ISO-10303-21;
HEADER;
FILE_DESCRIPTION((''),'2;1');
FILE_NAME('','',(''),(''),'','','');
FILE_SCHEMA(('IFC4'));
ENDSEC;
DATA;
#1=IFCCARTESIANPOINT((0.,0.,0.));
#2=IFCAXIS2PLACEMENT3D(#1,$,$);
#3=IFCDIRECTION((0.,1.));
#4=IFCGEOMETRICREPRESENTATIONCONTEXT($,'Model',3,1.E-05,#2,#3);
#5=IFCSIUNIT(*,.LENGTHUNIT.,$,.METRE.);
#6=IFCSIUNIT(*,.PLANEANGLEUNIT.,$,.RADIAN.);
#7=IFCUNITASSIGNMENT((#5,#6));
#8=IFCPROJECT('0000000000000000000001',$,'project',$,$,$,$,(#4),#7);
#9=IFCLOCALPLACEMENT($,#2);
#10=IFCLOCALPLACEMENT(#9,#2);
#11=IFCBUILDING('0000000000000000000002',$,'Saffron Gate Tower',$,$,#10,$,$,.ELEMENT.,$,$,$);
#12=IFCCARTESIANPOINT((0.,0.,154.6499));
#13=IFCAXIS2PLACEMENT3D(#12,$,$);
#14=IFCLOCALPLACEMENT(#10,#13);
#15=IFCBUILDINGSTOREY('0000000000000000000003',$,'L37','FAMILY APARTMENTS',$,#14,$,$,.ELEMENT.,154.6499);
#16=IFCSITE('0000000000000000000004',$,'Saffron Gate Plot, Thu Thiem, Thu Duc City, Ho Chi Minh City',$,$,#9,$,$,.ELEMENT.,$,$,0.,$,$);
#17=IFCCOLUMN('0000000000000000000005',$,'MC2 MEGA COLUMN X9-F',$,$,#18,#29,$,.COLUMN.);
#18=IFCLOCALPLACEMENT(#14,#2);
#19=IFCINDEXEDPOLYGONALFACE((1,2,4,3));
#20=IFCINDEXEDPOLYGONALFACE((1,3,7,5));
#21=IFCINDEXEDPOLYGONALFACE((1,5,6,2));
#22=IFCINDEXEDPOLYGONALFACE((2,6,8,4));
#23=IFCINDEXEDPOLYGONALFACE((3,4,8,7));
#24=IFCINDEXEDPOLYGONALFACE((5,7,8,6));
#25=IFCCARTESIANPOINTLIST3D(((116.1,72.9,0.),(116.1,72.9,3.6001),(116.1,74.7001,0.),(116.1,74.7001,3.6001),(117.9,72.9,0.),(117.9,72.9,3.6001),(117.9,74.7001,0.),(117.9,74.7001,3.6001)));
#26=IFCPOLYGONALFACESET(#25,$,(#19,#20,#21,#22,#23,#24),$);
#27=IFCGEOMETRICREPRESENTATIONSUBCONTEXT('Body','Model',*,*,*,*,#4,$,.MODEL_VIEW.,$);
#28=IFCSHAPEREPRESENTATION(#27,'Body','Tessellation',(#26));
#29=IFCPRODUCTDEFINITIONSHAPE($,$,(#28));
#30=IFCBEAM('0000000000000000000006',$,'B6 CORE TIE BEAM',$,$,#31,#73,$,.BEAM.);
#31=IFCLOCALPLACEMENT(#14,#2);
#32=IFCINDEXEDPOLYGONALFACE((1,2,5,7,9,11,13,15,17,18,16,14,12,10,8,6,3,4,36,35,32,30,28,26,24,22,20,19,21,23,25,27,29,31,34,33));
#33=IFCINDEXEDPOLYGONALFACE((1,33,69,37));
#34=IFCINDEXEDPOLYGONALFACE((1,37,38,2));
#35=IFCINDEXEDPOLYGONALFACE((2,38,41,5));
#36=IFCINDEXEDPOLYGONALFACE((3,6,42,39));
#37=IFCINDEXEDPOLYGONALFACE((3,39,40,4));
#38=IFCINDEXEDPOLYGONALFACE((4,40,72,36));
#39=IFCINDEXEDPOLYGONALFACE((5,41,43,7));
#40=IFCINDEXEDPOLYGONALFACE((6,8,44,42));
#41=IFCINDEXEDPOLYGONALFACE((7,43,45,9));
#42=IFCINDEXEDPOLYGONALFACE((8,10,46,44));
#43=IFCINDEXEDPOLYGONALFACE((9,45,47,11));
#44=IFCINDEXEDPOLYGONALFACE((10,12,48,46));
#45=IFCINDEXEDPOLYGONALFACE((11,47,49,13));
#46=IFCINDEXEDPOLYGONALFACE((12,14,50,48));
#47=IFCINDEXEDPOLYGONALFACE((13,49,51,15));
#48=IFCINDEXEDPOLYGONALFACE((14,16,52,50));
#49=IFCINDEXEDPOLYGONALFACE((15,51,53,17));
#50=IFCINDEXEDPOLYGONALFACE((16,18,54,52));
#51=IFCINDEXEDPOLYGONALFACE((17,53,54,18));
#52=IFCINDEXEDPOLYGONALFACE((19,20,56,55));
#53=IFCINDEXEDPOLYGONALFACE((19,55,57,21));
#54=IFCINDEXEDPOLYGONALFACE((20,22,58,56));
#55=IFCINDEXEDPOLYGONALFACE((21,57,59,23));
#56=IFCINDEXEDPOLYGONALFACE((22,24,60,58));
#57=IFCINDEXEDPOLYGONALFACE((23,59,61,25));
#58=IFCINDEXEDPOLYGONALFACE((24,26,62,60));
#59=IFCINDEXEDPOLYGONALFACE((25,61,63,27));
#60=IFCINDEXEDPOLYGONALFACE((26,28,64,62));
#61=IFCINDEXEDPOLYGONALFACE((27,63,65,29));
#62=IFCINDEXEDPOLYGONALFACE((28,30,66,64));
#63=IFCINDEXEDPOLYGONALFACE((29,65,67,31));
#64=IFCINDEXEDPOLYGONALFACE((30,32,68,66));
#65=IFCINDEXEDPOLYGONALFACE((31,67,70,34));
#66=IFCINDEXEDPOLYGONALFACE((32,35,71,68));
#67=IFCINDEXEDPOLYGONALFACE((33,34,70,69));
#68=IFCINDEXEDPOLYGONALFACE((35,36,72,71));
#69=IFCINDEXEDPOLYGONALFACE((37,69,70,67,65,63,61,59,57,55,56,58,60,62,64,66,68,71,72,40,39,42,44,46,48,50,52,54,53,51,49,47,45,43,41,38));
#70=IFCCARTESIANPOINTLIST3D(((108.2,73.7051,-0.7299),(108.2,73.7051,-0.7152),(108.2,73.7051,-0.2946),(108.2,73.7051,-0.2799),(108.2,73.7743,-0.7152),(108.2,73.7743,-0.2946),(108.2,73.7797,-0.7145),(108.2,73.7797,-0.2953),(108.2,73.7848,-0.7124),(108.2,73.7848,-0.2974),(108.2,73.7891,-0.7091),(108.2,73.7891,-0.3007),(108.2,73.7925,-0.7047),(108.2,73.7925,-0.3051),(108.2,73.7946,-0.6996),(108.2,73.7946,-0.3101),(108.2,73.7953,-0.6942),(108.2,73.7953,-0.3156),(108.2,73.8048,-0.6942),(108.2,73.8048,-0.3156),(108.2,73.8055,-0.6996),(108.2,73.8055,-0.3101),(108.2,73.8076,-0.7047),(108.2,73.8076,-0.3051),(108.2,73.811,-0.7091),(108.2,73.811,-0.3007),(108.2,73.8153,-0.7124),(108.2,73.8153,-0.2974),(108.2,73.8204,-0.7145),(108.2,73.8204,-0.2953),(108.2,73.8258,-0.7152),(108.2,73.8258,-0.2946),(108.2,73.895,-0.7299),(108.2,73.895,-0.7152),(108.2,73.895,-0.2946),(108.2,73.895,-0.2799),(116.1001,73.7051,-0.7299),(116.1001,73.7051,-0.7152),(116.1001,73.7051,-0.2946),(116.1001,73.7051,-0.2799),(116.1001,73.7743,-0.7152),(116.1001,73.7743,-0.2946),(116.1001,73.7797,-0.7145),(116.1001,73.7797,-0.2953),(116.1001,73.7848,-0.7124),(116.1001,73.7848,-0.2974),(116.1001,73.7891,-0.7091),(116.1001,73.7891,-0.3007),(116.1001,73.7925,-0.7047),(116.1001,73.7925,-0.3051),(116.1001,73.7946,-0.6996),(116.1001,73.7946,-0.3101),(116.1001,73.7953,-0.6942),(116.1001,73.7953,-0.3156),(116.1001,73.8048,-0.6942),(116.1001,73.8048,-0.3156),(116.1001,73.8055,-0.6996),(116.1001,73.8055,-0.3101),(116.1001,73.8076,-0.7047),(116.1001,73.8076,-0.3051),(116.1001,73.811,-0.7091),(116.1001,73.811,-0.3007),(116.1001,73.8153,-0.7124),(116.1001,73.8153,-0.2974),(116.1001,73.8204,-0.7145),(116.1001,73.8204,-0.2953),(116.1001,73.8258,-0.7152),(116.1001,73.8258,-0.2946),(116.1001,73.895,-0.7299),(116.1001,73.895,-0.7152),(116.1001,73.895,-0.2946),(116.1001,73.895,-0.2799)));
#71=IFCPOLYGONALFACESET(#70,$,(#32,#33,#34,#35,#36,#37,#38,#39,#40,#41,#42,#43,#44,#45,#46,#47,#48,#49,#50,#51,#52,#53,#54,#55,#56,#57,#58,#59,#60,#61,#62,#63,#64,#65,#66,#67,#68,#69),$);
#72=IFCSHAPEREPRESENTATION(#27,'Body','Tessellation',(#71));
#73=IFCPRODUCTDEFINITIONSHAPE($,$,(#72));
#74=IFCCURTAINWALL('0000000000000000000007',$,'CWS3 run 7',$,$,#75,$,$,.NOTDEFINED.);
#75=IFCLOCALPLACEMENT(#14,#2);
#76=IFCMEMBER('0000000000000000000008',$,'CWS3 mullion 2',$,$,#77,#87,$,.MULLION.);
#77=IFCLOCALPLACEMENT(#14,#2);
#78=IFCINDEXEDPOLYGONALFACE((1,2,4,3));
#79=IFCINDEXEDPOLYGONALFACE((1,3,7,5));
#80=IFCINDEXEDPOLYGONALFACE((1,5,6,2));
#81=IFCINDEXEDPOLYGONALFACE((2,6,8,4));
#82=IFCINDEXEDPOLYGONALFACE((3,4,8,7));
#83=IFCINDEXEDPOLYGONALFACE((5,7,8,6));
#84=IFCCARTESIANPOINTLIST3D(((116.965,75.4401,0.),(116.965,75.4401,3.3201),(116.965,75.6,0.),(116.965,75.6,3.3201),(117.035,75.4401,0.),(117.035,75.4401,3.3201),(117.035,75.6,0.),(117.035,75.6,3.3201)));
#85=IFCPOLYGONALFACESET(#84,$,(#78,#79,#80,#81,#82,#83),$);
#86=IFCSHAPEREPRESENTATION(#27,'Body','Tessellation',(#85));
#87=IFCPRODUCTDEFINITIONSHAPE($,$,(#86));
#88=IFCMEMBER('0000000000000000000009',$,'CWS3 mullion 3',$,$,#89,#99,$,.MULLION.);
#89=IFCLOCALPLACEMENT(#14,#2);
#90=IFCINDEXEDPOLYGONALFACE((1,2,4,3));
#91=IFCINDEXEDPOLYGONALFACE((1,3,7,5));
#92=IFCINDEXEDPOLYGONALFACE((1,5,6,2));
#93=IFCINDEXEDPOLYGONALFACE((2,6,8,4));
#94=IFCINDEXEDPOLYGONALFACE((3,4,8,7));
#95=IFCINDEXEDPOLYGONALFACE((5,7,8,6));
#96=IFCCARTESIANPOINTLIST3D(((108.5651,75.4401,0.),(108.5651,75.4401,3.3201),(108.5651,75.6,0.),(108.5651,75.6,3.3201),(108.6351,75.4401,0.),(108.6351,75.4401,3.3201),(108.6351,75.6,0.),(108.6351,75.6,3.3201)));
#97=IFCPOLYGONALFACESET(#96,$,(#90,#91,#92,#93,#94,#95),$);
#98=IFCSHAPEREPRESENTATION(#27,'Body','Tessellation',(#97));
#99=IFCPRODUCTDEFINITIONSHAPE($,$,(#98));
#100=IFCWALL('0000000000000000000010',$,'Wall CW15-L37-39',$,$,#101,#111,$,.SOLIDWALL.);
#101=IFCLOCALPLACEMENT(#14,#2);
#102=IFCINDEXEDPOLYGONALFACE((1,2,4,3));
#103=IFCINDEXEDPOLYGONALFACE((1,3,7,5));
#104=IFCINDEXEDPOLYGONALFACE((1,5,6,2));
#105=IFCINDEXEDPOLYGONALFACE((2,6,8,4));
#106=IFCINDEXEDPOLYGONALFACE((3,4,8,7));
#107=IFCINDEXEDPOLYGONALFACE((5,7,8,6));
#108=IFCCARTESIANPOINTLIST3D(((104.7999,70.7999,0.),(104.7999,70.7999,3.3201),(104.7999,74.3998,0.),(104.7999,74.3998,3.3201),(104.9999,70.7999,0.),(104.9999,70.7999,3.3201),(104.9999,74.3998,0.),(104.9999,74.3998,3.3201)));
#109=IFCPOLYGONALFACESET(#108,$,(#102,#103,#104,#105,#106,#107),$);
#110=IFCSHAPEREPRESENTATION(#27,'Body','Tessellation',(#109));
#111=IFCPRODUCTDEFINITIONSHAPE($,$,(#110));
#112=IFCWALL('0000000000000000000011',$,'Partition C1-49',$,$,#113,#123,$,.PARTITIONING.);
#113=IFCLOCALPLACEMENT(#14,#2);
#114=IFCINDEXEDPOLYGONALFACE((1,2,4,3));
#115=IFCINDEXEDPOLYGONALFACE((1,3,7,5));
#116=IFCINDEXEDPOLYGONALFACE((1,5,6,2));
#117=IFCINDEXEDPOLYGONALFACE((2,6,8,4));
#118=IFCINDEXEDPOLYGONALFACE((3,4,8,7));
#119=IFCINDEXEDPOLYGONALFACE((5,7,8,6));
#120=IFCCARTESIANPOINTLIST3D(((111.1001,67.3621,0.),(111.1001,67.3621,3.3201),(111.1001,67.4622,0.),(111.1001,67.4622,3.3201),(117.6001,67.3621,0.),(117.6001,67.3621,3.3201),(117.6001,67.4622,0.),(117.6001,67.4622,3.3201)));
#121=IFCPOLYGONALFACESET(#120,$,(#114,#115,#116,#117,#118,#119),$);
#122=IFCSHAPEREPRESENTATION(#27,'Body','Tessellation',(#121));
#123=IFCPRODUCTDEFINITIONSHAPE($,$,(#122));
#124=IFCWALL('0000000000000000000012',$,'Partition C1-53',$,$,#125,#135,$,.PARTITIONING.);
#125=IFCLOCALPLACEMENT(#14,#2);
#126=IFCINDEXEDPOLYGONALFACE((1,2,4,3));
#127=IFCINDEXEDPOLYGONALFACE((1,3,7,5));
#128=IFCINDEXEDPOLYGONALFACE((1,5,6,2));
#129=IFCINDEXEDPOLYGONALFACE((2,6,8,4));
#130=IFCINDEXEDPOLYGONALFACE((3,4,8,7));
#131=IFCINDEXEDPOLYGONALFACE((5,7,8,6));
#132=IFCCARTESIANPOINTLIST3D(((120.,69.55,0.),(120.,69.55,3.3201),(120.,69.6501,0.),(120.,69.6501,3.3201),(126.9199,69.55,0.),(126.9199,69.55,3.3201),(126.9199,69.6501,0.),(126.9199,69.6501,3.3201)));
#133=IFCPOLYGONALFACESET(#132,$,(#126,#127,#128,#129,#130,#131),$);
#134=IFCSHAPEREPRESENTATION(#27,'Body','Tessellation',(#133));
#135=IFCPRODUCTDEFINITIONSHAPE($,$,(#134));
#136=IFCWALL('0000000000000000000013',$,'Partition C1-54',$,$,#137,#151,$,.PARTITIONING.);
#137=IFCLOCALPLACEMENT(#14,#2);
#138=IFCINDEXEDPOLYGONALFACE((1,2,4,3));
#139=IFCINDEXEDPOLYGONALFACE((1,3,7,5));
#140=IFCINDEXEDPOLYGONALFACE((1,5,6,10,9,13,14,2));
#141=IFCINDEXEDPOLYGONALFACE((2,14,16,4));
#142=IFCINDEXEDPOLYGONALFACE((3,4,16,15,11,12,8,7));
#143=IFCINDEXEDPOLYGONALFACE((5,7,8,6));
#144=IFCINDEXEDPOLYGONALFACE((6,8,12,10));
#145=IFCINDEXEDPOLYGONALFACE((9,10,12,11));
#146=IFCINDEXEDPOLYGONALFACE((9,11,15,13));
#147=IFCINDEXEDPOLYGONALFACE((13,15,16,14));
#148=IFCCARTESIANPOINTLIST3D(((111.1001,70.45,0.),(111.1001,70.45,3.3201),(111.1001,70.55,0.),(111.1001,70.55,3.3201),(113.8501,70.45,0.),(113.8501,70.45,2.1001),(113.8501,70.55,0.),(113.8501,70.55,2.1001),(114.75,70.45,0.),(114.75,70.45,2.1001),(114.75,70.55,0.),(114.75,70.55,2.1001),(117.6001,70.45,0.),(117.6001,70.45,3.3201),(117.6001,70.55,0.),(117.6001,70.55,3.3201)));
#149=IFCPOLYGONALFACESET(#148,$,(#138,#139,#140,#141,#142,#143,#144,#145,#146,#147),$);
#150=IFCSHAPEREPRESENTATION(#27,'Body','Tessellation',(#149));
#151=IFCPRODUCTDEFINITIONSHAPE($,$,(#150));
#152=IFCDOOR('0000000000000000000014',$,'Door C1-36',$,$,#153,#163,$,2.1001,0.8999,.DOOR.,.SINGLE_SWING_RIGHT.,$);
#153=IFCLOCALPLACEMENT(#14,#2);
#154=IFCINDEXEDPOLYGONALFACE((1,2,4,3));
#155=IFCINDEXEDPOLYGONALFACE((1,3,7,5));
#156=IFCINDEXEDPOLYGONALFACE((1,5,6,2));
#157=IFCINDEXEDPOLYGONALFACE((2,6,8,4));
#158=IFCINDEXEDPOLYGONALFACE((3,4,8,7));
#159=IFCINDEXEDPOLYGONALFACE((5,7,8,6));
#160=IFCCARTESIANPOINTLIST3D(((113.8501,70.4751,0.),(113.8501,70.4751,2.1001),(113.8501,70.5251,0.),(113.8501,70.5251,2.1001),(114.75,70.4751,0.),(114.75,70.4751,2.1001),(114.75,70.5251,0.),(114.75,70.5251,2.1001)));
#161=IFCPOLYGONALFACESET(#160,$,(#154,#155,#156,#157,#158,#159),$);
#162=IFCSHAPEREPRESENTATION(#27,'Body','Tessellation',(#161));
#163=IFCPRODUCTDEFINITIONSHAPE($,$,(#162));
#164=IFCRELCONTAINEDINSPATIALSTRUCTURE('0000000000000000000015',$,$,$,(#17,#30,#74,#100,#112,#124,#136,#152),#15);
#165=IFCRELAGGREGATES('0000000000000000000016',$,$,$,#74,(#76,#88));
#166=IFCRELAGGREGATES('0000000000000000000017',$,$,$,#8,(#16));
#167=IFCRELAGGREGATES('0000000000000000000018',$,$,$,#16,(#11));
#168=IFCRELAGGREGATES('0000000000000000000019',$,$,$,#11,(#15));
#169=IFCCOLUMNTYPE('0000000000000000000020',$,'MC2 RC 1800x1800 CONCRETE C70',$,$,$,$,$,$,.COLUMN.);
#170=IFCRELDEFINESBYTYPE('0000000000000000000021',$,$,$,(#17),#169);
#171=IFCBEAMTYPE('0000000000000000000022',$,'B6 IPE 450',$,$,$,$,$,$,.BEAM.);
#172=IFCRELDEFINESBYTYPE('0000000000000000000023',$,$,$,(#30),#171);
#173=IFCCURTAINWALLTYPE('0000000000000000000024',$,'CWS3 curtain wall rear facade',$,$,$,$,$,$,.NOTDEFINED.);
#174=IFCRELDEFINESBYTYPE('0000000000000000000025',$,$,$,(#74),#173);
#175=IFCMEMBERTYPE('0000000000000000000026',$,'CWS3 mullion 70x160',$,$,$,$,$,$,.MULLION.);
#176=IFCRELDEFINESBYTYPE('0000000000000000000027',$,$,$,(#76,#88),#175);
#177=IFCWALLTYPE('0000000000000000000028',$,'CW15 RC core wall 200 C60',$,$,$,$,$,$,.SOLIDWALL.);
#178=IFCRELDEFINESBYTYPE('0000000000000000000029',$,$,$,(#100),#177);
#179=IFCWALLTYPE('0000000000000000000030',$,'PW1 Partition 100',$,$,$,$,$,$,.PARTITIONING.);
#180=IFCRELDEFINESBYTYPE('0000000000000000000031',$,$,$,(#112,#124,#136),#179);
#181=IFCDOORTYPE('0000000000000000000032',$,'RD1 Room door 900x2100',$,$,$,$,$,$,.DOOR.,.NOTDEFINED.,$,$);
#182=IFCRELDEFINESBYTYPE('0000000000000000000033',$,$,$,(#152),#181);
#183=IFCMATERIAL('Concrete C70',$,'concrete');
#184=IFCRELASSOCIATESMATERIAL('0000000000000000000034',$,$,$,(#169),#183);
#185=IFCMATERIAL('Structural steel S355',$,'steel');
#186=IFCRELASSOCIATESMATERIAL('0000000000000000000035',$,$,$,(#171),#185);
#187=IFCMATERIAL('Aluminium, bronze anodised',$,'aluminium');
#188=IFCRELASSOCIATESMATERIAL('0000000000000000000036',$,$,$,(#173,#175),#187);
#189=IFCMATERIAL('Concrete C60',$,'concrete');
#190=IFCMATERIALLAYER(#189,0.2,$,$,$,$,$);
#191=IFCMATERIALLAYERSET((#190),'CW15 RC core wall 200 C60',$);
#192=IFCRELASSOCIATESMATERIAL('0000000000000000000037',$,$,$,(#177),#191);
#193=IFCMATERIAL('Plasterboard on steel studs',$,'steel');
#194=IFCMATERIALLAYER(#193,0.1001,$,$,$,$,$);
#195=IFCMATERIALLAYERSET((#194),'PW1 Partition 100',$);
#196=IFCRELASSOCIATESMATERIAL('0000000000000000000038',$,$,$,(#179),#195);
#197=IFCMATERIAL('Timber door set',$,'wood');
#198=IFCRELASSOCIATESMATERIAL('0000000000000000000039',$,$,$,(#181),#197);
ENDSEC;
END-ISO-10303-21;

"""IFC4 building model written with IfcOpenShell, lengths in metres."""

from ifc_helpers import new_model, si_unit, direction, frame, frame_2d, origin, origin_2d, place, context, subcontext, project, spatial, rectangle, i_section, extrude, material, layer, layer_set, material_profile, profile_set, type_object, element, fill, aggregate, save


model = new_model("IFC4")

# Units and contexts
model_context = context("Model", 3, precision=1e-05, world=origin(), true_north=direction((0.0, 1.0)))
body_context = subcontext(model_context, "Body", "Model", "MODEL_VIEW")
ifc_project = project(units=[si_unit("LENGTHUNIT", "METRE"), si_unit("PLANEANGLEUNIT", "RADIAN")], contexts=[model_context])

# Site, building, storey
site_placement = place(None, origin())
site = spatial("IfcSite", under=ifc_project, at=site_placement, Name="Saffron Gate Plot, Thu Thiem, Thu Duc City, Ho Chi Minh City", CompositionType="ELEMENT", RefElevation=0.0)
building_placement = place(site_placement, origin())
building = spatial("IfcBuilding", under=site, at=building_placement, Name="Saffron Gate Tower", CompositionType="ELEMENT")
storey_placement = place(building_placement, frame((0.0, 0.0, 154.6499)))
storey = spatial("IfcBuildingStorey", under=building, at=storey_placement, Name="L37", Description="FAMILY APARTMENTS", CompositionType="ELEMENT", Elevation=154.6499)

# Column
ifc_material_1 = material(Name="Concrete C70", Category="concrete")
ifc_material_profile_1 = material_profile(ifc_material_1, rectangle(XDim=1.8, YDim=1.8, at=origin_2d()))
ifc_profile_set_1 = profile_set([ifc_material_profile_1], Name="Concrete C70")
column_type = type_object("IfcColumnType", Name="MC2 RC 1800x1800 CONCRETE C70", PredefinedType="COLUMN", material=ifc_profile_set_1)
column_placement = place(storey_placement, frame((117.0, 73.8, 0.0), z_axis=(0.0, 0.0, 1.0), x_axis=(1.0, 0.0, 0.0)))
element("IfcColumn", 1, at=column_placement, inside=storey, type_object=column_type, Name="MC2 MEGA COLUMN X9-F", PredefinedType="COLUMN", context=body_context, shape_type="SweptSolid", body=[
    extrude(rectangle(XDim=1.8, YDim=1.8, at=origin_2d()), origin(), (0.0, 0.0, 1.0), 3.6001),
])

# Beam
ifc_material_2 = material(Name="Structural steel S355", Category="steel")
ifc_material_profile_2 = material_profile(ifc_material_2, i_section(OverallWidth=0.1899, OverallDepth=0.45, WebThickness=0.0095, FlangeThickness=0.0146, FilletRadius=0.021, at=origin_2d()))
ifc_profile_set_2 = profile_set([ifc_material_profile_2], Name="Structural steel S355")
beam_type = type_object("IfcBeamType", Name="B6 IPE 450", PredefinedType="BEAM", material=ifc_profile_set_2)
beam_placement = place(storey_placement, frame((116.1001, 73.8, -0.5049), z_axis=(-1.0, 0.0, 0.0), x_axis=(0.0, -1.0, 0.0)))
element("IfcBeam", 2, at=beam_placement, inside=storey, type_object=beam_type, Name="B6 CORE TIE BEAM", PredefinedType="BEAM", context=body_context, shape_type="SweptSolid", body=[
    extrude(i_section(OverallWidth=0.1899, OverallDepth=0.45, WebThickness=0.0095, FlangeThickness=0.0146, FilletRadius=0.021, at=origin_2d()), origin(), (0.0, 0.0, 1.0), 7.9001),
])

# Curtain wall, members
ifc_material_3 = material(Name="Aluminium, bronze anodised", Category="aluminium")
curtain_wall_type = type_object("IfcCurtainWallType", Name="CWS3 curtain wall rear facade", PredefinedType="NOTDEFINED", material=ifc_material_3)
curtain_wall_placement = place(storey_placement, origin())
curtain_wall = element("IfcCurtainWall", 3, at=curtain_wall_placement, inside=storey, type_object=curtain_wall_type, Name="CWS3 run 7", PredefinedType="NOTDEFINED")
ifc_material_profile_3 = material_profile(ifc_material_3, rectangle(XDim=0.1599, YDim=0.0701, at=origin_2d()))
ifc_profile_set_3 = profile_set([ifc_material_profile_3], Name="Aluminium, bronze anodised")
member_type = type_object("IfcMemberType", Name="CWS3 mullion 70x160", PredefinedType="MULLION", material=ifc_profile_set_3)
member_1_placement = place(storey_placement, frame((117.0, 75.52, 0.0), z_axis=(0.0, 0.0, 1.0), x_axis=(0.0, -1.0, 0.0)))
member_1 = element("IfcMember", 4, at=member_1_placement, type_object=member_type, Name="CWS3 mullion 2", PredefinedType="MULLION", context=body_context, shape_type="SweptSolid", body=[
    extrude(rectangle(XDim=0.1599, YDim=0.0701, at=origin_2d()), origin(), (0.0, 0.0, 1.0), 3.3201),
])
member_2_placement = place(storey_placement, frame((108.6001, 75.52, 0.0), z_axis=(0.0, 0.0, 1.0), x_axis=(0.0, -1.0, 0.0)))
member_2 = element("IfcMember", 5, at=member_2_placement, type_object=member_type, Name="CWS3 mullion 3", PredefinedType="MULLION", context=body_context, shape_type="SweptSolid", body=[
    extrude(rectangle(XDim=0.1599, YDim=0.0701, at=origin_2d()), origin(), (0.0, 0.0, 1.0), 3.3201),
])
aggregate(curtain_wall, [member_1, member_2])

# Walls
ifc_material_4 = material(Name="Concrete C60", Category="concrete")
ifc_layer_1 = layer(ifc_material_4, 0.2)
ifc_layer_set_1 = layer_set([ifc_layer_1], Name="CW15 RC core wall 200 C60")
wall_type_1 = type_object("IfcWallType", Name="CW15 RC core wall 200 C60", PredefinedType="SOLIDWALL", material=ifc_layer_set_1)
wall_1_placement = place(storey_placement, frame((104.8999, 70.8, 0.0), z_axis=(0.0, 0.0, 1.0), x_axis=(0.0, 1.0, 0.0)))
element("IfcWall", 6, at=wall_1_placement, inside=storey, type_object=wall_type_1, Name="Wall CW15-L37-39", PredefinedType="SOLIDWALL", context=body_context, shape_type="SweptSolid", body=[
    extrude(rectangle(XDim=3.5999, YDim=0.2, at=frame_2d((1.7998, 0.0))), origin(), (0.0, 0.0, 1.0), 3.3201),
])
ifc_material_5 = material(Name="Plasterboard on steel studs", Category="steel")
ifc_layer_2 = layer(ifc_material_5, 0.1001)
ifc_layer_set_2 = layer_set([ifc_layer_2], Name="PW1 Partition 100")
wall_type_2 = type_object("IfcWallType", Name="PW1 Partition 100", PredefinedType="PARTITIONING", material=ifc_layer_set_2)
wall_2_placement = place(storey_placement, frame((111.1001, 67.4121, 0.0), z_axis=(0.0, 0.0, 1.0), x_axis=(1.0, 0.0, 0.0)))
element("IfcWall", 7, at=wall_2_placement, inside=storey, type_object=wall_type_2, Name="Partition C1-49", PredefinedType="PARTITIONING", context=body_context, shape_type="SweptSolid", body=[
    extrude(rectangle(XDim=6.5, YDim=0.1001, at=frame_2d((3.25, 0.0))), origin(), (0.0, 0.0, 1.0), 3.3201),
])
wall_3_placement = place(storey_placement, frame((120.0, 69.6001, 0.0), z_axis=(0.0, 0.0, 1.0), x_axis=(1.0, 0.0, 0.0)))
element("IfcWall", 8, at=wall_3_placement, inside=storey, type_object=wall_type_2, Name="Partition C1-53", PredefinedType="PARTITIONING", context=body_context, shape_type="SweptSolid", body=[
    extrude(rectangle(XDim=6.9199, YDim=0.1001, at=frame_2d((3.46, 0.0))), origin(), (0.0, 0.0, 1.0), 3.3201),
])

# Wall, opening, door
wall_4_placement = place(storey_placement, frame((117.6001, 70.5, 0.0), z_axis=(0.0, 0.0, 1.0), x_axis=(-1.0, 0.0, 0.0)))
wall_4 = element("IfcWall", 9, at=wall_4_placement, inside=storey, type_object=wall_type_2, Name="Partition C1-54", PredefinedType="PARTITIONING", context=body_context, shape_type="SweptSolid", body=[
    extrude(rectangle(XDim=6.5, YDim=0.1001, at=frame_2d((3.25, 0.0))), origin(), (0.0, 0.0, 1.0), 3.3201),
])
opening_1_placement = place(wall_4_placement, frame((2.8501, 0.0, 0.0)))
opening_1 = element("IfcOpeningElement", 10, at=opening_1_placement, cuts=wall_4, PredefinedType="OPENING", context=body_context, shape_type="SweptSolid", body=[
    extrude(rectangle(XDim=0.8999, YDim=2.1001, at=frame_2d((0.45, 1.05))), frame((0.0, 0.0601, 0.0), z_axis=(0.0, -1.0, 0.0), x_axis=(1.0, 0.0, 0.0)), (0.0, 0.0, 1.0), 0.1201),
])
ifc_material_6 = material(Name="Timber door set", Category="wood")
door_type_1 = type_object("IfcDoorType", Name="RD1 Room door 900x2100", OperationType="NOTDEFINED", PredefinedType="DOOR", material=ifc_material_6)
door_1_placement = place(opening_1_placement, origin())
door_1 = element("IfcDoor", 11, at=door_1_placement, inside=storey, type_object=door_type_1, Name="Door C1-36", OperationType="SINGLE_SWING_RIGHT", OverallHeight=2.1001, OverallWidth=0.8999, PredefinedType="DOOR", context=body_context, shape_type="SweptSolid", body=[
    extrude(rectangle(XDim=0.8999, YDim=2.1001, at=frame_2d((0.45, 1.05))), frame((0.0, 0.0249, 0.0), z_axis=(0.0, -1.0, 0.0), x_axis=(1.0, 0.0, 0.0)), (0.0, 0.0, 1.0), 0.05),
])
fill(opening_1, door_1)

save(model, "model.ifc")
